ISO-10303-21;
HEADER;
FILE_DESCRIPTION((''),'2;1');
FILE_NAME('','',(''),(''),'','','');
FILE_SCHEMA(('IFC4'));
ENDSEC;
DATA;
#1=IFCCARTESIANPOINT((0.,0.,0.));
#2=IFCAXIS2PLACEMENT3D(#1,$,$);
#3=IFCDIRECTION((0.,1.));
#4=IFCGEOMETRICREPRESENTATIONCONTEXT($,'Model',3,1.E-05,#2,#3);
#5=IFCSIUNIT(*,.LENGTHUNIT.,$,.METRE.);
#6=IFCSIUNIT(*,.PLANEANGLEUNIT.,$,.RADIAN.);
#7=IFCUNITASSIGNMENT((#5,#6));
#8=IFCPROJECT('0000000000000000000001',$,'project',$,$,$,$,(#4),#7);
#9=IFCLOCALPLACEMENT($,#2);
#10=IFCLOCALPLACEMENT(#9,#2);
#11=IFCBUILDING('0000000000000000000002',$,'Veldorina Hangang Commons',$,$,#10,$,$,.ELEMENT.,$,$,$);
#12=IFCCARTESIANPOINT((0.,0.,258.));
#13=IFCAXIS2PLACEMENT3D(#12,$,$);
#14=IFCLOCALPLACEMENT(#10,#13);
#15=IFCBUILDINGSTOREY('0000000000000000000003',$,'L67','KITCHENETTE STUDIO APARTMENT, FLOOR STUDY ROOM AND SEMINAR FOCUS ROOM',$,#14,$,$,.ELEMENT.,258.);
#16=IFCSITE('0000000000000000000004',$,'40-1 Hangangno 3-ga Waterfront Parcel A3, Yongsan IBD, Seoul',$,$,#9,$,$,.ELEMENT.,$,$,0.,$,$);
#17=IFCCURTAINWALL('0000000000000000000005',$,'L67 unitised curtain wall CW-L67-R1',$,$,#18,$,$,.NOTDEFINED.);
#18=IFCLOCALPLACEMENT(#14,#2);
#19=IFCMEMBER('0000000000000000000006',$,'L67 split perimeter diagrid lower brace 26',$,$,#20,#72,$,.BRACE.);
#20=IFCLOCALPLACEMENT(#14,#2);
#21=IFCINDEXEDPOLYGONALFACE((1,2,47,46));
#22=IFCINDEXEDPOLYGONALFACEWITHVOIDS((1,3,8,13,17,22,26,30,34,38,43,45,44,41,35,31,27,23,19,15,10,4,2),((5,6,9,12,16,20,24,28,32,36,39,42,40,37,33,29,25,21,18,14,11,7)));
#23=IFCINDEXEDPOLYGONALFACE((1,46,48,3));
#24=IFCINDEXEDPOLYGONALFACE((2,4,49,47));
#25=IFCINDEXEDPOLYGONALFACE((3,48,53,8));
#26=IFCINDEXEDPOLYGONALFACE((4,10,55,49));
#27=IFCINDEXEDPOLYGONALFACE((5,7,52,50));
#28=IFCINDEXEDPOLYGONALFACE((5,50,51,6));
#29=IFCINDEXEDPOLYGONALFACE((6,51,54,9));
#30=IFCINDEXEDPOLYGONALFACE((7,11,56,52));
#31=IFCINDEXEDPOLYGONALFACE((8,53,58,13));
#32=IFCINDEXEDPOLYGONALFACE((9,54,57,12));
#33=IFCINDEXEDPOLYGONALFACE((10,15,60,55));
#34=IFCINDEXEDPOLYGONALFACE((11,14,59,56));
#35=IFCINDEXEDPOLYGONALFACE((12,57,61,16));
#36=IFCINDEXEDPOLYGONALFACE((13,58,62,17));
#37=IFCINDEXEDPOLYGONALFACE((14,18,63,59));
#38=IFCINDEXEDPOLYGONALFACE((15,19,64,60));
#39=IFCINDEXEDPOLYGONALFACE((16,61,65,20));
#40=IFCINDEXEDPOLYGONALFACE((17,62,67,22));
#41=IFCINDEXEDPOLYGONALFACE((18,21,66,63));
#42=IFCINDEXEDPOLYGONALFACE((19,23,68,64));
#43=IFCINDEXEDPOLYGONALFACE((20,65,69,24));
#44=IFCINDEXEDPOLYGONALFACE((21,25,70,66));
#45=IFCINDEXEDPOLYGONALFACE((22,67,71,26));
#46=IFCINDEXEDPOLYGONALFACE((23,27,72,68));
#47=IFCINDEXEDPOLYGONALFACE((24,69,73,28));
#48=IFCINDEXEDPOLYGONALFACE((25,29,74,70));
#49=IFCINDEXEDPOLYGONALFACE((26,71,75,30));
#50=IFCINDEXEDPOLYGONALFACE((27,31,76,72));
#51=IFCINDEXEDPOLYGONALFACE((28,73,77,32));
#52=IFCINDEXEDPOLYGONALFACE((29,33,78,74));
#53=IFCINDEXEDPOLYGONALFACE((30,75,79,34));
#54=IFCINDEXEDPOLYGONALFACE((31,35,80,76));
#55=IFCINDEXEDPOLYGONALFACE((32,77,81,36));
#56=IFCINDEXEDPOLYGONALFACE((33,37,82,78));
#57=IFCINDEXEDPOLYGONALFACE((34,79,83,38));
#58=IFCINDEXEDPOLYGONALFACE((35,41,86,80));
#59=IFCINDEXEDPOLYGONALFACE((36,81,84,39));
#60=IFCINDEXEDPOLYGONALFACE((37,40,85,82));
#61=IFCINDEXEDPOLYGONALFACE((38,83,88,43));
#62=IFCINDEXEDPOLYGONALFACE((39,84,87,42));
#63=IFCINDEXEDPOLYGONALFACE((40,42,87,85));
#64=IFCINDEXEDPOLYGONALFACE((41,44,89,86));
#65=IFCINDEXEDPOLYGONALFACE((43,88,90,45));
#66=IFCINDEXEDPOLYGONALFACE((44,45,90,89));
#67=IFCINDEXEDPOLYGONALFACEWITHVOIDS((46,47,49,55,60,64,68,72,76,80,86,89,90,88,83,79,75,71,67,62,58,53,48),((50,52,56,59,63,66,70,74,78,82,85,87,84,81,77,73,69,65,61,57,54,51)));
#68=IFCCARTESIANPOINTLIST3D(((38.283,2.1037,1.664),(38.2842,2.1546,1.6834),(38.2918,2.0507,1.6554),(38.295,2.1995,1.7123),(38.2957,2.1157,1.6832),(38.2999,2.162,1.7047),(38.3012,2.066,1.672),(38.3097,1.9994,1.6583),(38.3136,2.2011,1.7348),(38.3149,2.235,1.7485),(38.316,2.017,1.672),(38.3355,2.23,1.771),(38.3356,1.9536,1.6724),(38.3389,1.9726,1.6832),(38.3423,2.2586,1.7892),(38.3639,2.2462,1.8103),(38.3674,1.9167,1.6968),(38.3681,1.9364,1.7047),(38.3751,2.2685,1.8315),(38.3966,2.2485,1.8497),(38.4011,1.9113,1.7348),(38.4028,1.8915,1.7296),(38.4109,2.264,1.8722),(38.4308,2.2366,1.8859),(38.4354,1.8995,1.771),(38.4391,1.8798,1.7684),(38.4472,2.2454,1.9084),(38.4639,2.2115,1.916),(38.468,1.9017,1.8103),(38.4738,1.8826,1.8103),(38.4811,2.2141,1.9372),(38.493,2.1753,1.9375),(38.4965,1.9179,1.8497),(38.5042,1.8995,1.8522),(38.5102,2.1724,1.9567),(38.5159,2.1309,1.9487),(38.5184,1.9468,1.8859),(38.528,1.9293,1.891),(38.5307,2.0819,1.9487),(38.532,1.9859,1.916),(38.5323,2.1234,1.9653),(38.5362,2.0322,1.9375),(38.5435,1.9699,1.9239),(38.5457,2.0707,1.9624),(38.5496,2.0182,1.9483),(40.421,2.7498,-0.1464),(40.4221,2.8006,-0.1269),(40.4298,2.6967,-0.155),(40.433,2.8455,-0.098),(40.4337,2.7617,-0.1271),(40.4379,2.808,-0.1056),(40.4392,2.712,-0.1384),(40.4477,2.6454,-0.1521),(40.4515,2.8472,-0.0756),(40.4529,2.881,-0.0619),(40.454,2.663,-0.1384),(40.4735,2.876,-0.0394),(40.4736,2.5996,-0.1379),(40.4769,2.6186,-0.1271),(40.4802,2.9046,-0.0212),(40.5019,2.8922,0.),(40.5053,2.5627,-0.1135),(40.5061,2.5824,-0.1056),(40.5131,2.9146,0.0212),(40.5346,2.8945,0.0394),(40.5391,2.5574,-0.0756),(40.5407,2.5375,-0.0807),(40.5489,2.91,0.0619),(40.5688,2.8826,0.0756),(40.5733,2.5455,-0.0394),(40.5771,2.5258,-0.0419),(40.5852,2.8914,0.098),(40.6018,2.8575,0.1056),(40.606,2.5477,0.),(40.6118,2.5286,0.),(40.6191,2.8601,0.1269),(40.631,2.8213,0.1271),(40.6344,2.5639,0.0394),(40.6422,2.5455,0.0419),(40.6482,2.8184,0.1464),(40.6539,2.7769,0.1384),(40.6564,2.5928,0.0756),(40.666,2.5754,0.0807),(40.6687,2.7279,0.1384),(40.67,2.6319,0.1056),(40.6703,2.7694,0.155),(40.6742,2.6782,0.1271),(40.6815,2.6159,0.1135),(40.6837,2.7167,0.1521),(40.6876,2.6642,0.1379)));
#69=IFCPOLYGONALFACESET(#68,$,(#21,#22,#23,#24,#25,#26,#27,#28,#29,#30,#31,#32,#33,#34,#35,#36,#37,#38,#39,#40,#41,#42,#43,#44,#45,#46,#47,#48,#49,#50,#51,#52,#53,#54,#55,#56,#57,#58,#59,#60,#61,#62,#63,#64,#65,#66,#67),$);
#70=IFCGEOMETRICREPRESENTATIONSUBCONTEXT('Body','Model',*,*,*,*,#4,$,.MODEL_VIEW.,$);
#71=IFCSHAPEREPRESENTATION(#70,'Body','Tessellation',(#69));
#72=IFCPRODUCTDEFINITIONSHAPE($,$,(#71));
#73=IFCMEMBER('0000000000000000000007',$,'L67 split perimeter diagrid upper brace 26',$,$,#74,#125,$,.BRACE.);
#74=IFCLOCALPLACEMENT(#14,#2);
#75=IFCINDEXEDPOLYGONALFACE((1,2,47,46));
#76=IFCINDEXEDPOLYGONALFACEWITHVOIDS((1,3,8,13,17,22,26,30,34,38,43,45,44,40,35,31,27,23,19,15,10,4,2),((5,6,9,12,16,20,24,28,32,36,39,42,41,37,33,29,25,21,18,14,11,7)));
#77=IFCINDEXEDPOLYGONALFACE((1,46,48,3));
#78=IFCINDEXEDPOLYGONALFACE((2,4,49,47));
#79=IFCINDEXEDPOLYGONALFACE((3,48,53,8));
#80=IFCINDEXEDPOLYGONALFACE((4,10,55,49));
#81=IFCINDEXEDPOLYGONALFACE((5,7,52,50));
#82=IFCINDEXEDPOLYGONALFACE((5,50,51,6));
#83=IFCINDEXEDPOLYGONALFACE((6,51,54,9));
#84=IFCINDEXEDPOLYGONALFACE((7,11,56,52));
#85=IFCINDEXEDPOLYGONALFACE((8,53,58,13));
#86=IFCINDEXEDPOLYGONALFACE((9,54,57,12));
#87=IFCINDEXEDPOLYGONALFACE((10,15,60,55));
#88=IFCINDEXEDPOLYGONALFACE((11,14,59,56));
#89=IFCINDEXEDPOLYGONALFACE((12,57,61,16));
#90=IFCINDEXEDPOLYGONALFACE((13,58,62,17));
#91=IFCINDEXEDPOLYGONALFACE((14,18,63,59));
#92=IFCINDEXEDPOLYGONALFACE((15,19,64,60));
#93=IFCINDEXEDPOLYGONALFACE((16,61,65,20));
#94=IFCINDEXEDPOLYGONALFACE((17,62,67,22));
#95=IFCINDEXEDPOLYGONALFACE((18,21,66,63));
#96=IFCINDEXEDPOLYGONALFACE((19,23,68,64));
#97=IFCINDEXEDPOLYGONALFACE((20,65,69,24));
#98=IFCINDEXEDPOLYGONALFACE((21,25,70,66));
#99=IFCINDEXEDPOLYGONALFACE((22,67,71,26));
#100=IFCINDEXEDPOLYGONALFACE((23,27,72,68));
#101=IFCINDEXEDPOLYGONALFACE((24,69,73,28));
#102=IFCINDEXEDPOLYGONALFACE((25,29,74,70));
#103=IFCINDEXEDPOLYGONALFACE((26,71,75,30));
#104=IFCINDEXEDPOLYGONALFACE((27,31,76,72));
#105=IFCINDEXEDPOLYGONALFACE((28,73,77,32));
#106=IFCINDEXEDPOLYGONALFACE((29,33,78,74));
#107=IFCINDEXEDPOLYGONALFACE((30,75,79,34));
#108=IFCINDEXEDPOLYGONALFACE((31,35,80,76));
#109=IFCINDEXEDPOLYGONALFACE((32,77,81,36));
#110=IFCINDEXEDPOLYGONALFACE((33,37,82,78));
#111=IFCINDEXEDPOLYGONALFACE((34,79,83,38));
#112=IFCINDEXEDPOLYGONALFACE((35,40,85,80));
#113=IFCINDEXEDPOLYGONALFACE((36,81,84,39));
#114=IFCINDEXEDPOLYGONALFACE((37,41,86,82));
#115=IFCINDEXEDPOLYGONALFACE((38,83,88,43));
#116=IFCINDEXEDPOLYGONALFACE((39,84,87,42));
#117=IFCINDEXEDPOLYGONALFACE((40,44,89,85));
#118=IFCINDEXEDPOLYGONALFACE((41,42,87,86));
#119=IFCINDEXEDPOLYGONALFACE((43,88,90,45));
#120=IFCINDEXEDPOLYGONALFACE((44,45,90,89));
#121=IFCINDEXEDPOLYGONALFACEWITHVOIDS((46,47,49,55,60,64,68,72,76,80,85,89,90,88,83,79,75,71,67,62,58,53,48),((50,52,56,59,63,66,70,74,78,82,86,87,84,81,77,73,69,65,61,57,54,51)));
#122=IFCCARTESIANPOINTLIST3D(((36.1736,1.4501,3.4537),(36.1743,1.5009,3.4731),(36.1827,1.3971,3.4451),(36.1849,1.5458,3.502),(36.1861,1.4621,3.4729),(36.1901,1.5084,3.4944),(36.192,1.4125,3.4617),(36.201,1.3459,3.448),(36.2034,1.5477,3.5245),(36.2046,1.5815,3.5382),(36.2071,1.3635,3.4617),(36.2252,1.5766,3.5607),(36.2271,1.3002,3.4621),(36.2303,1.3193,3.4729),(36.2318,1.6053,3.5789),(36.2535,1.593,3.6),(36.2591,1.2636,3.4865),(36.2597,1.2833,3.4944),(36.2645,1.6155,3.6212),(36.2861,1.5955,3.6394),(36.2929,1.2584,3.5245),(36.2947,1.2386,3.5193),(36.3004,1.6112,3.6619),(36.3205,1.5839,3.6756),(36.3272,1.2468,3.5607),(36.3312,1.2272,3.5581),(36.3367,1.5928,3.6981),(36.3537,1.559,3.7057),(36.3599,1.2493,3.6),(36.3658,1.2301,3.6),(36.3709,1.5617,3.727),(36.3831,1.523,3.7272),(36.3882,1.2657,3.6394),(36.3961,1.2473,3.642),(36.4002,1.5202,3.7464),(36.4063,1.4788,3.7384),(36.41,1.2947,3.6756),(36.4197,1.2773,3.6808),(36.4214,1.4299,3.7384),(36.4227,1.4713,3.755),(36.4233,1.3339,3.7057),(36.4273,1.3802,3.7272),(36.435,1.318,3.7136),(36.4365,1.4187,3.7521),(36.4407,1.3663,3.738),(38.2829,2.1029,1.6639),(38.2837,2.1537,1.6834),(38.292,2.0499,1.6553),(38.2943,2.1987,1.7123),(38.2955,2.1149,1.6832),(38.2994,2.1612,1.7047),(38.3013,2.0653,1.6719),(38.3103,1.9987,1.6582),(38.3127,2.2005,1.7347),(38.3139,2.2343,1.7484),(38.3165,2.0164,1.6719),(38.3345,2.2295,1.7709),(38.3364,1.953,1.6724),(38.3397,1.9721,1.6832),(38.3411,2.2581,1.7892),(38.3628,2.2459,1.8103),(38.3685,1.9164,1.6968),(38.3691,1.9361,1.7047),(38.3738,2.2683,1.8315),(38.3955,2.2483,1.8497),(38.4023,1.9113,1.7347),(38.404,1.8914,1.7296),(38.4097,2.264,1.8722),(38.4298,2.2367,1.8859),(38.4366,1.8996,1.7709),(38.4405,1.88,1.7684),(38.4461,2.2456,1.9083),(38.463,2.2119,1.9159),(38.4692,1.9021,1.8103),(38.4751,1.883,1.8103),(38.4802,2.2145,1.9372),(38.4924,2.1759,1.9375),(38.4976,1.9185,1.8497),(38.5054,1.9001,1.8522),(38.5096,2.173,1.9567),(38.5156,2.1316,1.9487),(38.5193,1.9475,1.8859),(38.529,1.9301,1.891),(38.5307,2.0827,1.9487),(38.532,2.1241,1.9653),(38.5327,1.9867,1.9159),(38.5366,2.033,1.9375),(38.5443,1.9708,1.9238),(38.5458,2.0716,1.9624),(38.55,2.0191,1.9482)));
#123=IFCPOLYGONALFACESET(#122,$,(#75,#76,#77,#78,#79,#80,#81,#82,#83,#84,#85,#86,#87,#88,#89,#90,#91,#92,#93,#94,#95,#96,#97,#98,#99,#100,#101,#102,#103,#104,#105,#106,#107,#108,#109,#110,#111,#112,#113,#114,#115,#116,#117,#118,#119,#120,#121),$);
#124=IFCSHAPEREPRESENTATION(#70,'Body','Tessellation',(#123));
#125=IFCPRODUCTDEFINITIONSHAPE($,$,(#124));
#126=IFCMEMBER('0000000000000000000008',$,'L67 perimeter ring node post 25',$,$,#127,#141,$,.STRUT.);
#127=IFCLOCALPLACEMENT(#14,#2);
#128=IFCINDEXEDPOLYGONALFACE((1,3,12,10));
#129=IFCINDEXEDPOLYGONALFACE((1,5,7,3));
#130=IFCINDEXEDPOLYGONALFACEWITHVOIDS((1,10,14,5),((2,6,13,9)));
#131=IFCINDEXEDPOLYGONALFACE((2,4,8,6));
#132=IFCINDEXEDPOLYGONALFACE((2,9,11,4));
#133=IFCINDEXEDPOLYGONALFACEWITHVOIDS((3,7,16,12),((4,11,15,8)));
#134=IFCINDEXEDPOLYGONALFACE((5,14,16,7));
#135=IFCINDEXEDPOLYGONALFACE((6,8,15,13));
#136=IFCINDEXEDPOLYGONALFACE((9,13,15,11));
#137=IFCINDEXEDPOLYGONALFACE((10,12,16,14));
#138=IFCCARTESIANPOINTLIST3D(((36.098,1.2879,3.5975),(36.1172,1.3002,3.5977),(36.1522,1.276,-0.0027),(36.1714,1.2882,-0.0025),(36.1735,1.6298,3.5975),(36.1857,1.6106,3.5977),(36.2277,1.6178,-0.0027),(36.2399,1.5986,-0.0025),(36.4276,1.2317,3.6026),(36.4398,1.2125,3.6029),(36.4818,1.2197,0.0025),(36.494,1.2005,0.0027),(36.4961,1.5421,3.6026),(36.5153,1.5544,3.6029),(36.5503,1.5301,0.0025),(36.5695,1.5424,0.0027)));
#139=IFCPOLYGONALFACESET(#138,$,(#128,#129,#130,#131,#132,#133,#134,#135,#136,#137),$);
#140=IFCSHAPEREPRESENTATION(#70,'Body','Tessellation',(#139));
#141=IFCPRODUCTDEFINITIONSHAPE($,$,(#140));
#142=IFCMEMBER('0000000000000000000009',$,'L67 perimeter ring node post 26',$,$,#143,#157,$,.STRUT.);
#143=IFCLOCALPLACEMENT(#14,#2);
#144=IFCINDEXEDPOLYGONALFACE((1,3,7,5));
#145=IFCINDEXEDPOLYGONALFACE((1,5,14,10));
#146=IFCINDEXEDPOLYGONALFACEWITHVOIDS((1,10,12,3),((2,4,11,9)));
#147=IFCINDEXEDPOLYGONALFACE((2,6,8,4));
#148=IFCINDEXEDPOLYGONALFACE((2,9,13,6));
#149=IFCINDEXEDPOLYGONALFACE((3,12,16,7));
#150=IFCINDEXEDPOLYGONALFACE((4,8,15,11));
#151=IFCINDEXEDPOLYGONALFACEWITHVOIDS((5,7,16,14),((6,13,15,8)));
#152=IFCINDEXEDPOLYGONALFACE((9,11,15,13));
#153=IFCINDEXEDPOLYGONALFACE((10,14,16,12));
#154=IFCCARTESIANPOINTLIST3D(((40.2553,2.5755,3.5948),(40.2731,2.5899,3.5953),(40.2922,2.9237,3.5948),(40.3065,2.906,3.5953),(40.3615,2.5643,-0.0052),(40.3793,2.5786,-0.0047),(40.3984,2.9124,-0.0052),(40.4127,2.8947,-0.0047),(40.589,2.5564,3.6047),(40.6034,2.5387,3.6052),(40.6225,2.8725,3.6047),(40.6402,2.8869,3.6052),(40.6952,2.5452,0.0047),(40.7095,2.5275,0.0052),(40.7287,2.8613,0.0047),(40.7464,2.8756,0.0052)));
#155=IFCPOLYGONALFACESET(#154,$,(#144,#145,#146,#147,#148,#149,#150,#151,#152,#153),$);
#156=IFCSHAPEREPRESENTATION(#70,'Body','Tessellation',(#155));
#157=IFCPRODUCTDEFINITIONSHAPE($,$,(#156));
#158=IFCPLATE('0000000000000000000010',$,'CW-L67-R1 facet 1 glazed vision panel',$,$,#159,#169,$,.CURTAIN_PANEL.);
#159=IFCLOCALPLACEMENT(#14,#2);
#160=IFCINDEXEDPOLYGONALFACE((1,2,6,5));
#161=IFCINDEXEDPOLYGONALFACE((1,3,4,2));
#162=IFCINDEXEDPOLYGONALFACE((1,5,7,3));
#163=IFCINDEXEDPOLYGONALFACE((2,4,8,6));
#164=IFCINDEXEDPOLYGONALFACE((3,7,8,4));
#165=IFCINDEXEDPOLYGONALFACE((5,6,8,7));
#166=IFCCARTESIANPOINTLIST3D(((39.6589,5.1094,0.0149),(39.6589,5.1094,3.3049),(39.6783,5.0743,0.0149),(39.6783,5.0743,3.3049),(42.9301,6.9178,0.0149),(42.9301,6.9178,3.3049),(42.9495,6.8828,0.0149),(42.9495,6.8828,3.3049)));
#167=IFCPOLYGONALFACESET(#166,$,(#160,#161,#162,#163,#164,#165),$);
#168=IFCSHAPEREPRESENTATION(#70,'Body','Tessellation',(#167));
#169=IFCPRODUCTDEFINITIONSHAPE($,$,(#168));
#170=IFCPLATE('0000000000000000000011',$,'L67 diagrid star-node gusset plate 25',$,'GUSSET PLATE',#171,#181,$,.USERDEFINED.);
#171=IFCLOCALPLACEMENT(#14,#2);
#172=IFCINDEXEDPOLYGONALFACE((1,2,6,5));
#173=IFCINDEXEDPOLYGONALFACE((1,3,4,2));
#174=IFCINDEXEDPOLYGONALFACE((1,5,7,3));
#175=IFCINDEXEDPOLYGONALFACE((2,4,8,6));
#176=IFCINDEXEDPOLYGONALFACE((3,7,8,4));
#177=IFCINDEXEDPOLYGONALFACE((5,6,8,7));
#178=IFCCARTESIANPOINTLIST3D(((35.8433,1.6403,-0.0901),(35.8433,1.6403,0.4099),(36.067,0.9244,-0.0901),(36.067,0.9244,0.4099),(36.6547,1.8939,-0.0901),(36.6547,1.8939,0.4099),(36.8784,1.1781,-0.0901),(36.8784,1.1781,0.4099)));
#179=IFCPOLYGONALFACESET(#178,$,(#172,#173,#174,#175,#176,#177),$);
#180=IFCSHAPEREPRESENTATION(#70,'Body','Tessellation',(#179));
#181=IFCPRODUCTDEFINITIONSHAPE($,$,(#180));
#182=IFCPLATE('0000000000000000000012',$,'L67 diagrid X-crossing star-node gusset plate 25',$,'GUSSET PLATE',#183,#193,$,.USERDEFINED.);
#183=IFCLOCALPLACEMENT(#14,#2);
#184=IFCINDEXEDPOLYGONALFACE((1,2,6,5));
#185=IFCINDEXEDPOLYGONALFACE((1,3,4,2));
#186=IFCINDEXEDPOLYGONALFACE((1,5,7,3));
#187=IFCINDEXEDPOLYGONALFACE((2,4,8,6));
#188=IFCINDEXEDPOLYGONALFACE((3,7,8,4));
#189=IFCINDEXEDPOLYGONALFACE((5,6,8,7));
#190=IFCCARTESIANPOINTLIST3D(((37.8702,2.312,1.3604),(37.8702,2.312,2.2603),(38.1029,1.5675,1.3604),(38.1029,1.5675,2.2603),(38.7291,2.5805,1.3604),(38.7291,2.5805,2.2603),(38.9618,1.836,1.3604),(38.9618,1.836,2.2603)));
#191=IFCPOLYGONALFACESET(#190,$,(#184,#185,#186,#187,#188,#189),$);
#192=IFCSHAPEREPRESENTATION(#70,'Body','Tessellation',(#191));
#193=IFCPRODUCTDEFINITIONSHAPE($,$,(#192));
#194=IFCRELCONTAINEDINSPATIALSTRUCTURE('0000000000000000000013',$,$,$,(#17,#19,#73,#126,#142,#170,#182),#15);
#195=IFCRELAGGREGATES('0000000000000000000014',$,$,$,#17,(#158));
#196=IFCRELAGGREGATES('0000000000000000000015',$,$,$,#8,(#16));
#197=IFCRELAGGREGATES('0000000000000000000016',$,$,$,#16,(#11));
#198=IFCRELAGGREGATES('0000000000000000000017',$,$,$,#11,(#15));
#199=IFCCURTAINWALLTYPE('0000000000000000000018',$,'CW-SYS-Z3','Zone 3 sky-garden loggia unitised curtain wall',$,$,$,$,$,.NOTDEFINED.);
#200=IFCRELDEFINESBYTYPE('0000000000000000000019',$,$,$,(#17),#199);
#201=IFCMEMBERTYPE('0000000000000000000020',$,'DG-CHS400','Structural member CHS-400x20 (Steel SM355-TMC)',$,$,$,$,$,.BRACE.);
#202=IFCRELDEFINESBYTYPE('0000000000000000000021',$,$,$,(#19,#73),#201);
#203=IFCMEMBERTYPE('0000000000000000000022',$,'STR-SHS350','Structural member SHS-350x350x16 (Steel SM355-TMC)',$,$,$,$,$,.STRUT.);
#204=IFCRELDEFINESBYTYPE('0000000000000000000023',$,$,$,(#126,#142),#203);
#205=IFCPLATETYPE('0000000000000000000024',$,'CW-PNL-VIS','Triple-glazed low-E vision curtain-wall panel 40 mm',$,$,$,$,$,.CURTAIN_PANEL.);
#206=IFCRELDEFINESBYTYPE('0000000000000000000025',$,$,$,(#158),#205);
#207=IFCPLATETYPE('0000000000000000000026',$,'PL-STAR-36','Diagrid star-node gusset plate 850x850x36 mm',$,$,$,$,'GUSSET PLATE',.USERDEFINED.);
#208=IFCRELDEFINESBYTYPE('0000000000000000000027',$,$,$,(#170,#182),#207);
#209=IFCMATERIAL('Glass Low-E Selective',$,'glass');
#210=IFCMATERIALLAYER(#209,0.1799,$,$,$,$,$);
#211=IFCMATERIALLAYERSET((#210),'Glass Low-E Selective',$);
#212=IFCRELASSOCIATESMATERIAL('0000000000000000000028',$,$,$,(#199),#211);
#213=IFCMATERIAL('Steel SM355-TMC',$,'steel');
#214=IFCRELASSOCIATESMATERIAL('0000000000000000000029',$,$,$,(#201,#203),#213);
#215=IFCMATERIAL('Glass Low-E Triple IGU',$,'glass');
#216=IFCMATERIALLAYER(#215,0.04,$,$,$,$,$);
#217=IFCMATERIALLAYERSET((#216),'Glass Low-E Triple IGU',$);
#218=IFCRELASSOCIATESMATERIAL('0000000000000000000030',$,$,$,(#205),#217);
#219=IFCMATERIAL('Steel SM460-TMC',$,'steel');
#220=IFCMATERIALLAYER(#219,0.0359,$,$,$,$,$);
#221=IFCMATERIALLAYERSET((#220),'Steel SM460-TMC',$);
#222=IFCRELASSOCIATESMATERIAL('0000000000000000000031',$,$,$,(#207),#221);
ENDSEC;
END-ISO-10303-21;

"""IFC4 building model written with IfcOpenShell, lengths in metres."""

from ifc_helpers import new_model, si_unit, direction, frame, origin, origin_2d, place, context, subcontext, project, spatial, rectangle, hollow_rectangle, hollow_circle, extrude, material, layer, layer_set, material_profile, profile_set, type_object, element, aggregate, save


model = new_model("IFC4")

# Units and contexts
model_context = context("Model", 3, precision=1e-05, world=origin(), true_north=direction((0.0, 1.0)))
body_context = subcontext(model_context, "Body", "Model", "MODEL_VIEW")
ifc_project = project(units=[si_unit("LENGTHUNIT", "METRE"), si_unit("PLANEANGLEUNIT", "RADIAN")], contexts=[model_context])

# Site, building, storey
site_placement = place(None, origin())
site = spatial("IfcSite", under=ifc_project, at=site_placement, Name="40-1 Hangangno 3-ga Waterfront Parcel A3, Yongsan IBD, Seoul", CompositionType="ELEMENT", RefElevation=0.0)
building_placement = place(site_placement, origin())
building = spatial("IfcBuilding", under=site, at=building_placement, Name="Veldorina Hangang Commons", CompositionType="ELEMENT")
storey_placement = place(building_placement, frame((0.0, 0.0, 258.0)))
storey = spatial("IfcBuildingStorey", under=building, at=storey_placement, Name="L67", Description="KITCHENETTE STUDIO APARTMENT, FLOOR STUDY ROOM AND SEMINAR FOCUS ROOM", CompositionType="ELEMENT", Elevation=258.0)

# Shared definitions
ifc_material_1 = material(Name="Steel SM355-TMC", Category="steel")

# Curtain wall
ifc_material_2 = material(Name="Glass Low-E Selective", Category="glass")
ifc_layer_1 = layer(ifc_material_2, 0.1799)
ifc_layer_set_1 = layer_set([ifc_layer_1], Name="Glass Low-E Selective")
curtain_wall_type = type_object("IfcCurtainWallType", Name="CW-SYS-Z3", Description="Zone 3 sky-garden loggia unitised curtain wall", PredefinedType="NOTDEFINED", material=ifc_layer_set_1)
curtain_wall_placement = place(storey_placement, origin())
curtain_wall = element("IfcCurtainWall", 1, at=curtain_wall_placement, inside=storey, type_object=curtain_wall_type, Name="L67 unitised curtain wall CW-L67-R1", PredefinedType="NOTDEFINED")

# Members
ifc_material_profile_1 = material_profile(ifc_material_1, hollow_circle(Radius=0.2, WallThickness=0.02, at=origin_2d()), Name="CHS-400x20")
ifc_profile_set_1 = profile_set([ifc_material_profile_1], Name="Steel SM355-TMC")
member_type_1 = type_object("IfcMemberType", Name="DG-CHS400", Description="Structural member CHS-400x20 (Steel SM355-TMC)", PredefinedType="BRACE", material=ifc_profile_set_1)
member_1_placement = place(storey_placement, frame((40.554, 2.72, 0.0), z_axis=(-0.743646, -0.224699, 0.629683), x_axis=(0.289243, -0.957256, 0.0)))
element("IfcMember", 2, at=member_1_placement, inside=storey, type_object=member_type_1, Name="L67 split perimeter diagrid lower brace 26", PredefinedType="BRACE", context=body_context, shape_type="SweptSolid", body=[
    extrude(hollow_circle(Radius=0.2, WallThickness=0.02, at=origin_2d()), origin(), (0.0, 0.0, 1.0), 2.875),
])
member_2_placement = place(storey_placement, frame((38.416, 2.074, 1.8103), z_axis=(-0.742121, -0.229679, 0.629686), x_axis=(0.295655, -0.955295, 0.0)))
element("IfcMember", 3, at=member_2_placement, inside=storey, type_object=member_type_1, Name="L67 split perimeter diagrid upper brace 26", PredefinedType="BRACE", context=body_context, shape_type="SweptSolid", body=[
    extrude(hollow_circle(Radius=0.2, WallThickness=0.02, at=origin_2d()), origin(), (0.0, 0.0, 1.0), 2.8423),
])
ifc_material_profile_2 = material_profile(ifc_material_1, hollow_rectangle(XDim=0.3501, YDim=0.3501, WallThickness=0.0161, at=origin_2d()), Name="SHS-350x350x16")
ifc_profile_set_2 = profile_set([ifc_material_profile_2], Name="Steel SM355-TMC")
member_type_2 = type_object("IfcMemberType", Name="STR-SHS350", Description="Structural member SHS-350x350x16 (Steel SM355-TMC)", PredefinedType="STRUT", material=ifc_profile_set_2)
member_3_placement = place(storey_placement, frame((36.3608, 1.4092, 0.0), z_axis=(-0.015053, 0.003323, 0.999881), x_axis=(-0.215533, -0.976497, 0.0)))
element("IfcMember", 4, at=member_3_placement, inside=storey, type_object=member_type_2, Name="L67 perimeter ring node post 25", PredefinedType="STRUT", context=body_context, shape_type="SweptSolid", body=[
    extrude(hollow_rectangle(XDim=0.3501, YDim=0.3501, WallThickness=0.0161, at=origin_2d()), origin(), (0.0, 0.0, 1.0), 3.6006),
])
member_4_placement = place(storey_placement, frame((40.554, 2.72, 0.0), z_axis=(-0.029487, 0.003118, 0.99956), x_axis=(-0.105161, -0.994455, 0.0)))
element("IfcMember", 5, at=member_4_placement, inside=storey, type_object=member_type_2, Name="L67 perimeter ring node post 26", PredefinedType="STRUT", context=body_context, shape_type="SweptSolid", body=[
    extrude(hollow_rectangle(XDim=0.3501, YDim=0.3501, WallThickness=0.0161, at=origin_2d()), origin(), (0.0, 0.0, 1.0), 3.6016),
])

# Plate
ifc_material_3 = material(Name="Glass Low-E Triple IGU", Category="glass")
ifc_layer_2 = layer(ifc_material_3, 0.04)
ifc_layer_set_2 = layer_set([ifc_layer_2], Name="Glass Low-E Triple IGU")
plate_type_1 = type_object("IfcPlateType", Name="CW-PNL-VIS", Description="Triple-glazed low-E vision curtain-wall panel 40 mm", PredefinedType="CURTAIN_PANEL", material=ifc_layer_set_2)
plate_1_placement = place(storey_placement, frame((41.3042, 5.9961, 0.0149), z_axis=(0.0, 0.0, 1.0), x_axis=(0.875161, 0.483832, 0.0)))
plate_1 = element("IfcPlate", 6, at=plate_1_placement, type_object=plate_type_1, Name="CW-L67-R1 facet 1 glazed vision panel", PredefinedType="CURTAIN_PANEL", context=body_context, shape_type="SweptSolid", body=[
    extrude(rectangle(XDim=3.7378, YDim=0.04, at=origin_2d()), origin(), (0.0, 0.0, 1.0), 3.29),
])
aggregate(curtain_wall, [plate_1])

# Plates
ifc_material_4 = material(Name="Steel SM460-TMC", Category="steel")
ifc_layer_3 = layer(ifc_material_4, 0.0359)
ifc_layer_set_3 = layer_set([ifc_layer_3], Name="Steel SM460-TMC")
plate_type_2 = type_object("IfcPlateType", Name="PL-STAR-36", Description="Diagrid star-node gusset plate 850x850x36 mm", ElementType="GUSSET PLATE", PredefinedType="USERDEFINED", material=ifc_layer_set_3)
plate_2_placement = place(storey_placement, frame((36.3608, 1.4092, -0.0901), z_axis=(0.0, 0.0, 1.0), x_axis=(0.954459, 0.298341, 0.0)))
element("IfcPlate", 7, at=plate_2_placement, inside=storey, type_object=plate_type_2, Name="L67 diagrid star-node gusset plate 25", ObjectType="GUSSET PLATE", PredefinedType="USERDEFINED", context=body_context, shape_type="SweptSolid", body=[
    extrude(rectangle(XDim=0.8501, YDim=0.75, at=origin_2d()), origin(), (0.0, 0.0, 1.0), 0.5),
])
plate_3_placement = place(storey_placement, frame((38.416, 2.074, 1.3604), z_axis=(0.0, 0.0, 1.0), x_axis=(0.954459, 0.298341, 0.0)))
element("IfcPlate", 8, at=plate_3_placement, inside=storey, type_object=plate_type_2, Name="L67 diagrid X-crossing star-node gusset plate 25", ObjectType="GUSSET PLATE", PredefinedType="USERDEFINED", context=body_context, shape_type="SweptSolid", body=[
    extrude(rectangle(XDim=0.8999, YDim=0.78, at=origin_2d()), origin(), (0.0, 0.0, 1.0), 0.8999),
])

save(model, "model.ifc")
